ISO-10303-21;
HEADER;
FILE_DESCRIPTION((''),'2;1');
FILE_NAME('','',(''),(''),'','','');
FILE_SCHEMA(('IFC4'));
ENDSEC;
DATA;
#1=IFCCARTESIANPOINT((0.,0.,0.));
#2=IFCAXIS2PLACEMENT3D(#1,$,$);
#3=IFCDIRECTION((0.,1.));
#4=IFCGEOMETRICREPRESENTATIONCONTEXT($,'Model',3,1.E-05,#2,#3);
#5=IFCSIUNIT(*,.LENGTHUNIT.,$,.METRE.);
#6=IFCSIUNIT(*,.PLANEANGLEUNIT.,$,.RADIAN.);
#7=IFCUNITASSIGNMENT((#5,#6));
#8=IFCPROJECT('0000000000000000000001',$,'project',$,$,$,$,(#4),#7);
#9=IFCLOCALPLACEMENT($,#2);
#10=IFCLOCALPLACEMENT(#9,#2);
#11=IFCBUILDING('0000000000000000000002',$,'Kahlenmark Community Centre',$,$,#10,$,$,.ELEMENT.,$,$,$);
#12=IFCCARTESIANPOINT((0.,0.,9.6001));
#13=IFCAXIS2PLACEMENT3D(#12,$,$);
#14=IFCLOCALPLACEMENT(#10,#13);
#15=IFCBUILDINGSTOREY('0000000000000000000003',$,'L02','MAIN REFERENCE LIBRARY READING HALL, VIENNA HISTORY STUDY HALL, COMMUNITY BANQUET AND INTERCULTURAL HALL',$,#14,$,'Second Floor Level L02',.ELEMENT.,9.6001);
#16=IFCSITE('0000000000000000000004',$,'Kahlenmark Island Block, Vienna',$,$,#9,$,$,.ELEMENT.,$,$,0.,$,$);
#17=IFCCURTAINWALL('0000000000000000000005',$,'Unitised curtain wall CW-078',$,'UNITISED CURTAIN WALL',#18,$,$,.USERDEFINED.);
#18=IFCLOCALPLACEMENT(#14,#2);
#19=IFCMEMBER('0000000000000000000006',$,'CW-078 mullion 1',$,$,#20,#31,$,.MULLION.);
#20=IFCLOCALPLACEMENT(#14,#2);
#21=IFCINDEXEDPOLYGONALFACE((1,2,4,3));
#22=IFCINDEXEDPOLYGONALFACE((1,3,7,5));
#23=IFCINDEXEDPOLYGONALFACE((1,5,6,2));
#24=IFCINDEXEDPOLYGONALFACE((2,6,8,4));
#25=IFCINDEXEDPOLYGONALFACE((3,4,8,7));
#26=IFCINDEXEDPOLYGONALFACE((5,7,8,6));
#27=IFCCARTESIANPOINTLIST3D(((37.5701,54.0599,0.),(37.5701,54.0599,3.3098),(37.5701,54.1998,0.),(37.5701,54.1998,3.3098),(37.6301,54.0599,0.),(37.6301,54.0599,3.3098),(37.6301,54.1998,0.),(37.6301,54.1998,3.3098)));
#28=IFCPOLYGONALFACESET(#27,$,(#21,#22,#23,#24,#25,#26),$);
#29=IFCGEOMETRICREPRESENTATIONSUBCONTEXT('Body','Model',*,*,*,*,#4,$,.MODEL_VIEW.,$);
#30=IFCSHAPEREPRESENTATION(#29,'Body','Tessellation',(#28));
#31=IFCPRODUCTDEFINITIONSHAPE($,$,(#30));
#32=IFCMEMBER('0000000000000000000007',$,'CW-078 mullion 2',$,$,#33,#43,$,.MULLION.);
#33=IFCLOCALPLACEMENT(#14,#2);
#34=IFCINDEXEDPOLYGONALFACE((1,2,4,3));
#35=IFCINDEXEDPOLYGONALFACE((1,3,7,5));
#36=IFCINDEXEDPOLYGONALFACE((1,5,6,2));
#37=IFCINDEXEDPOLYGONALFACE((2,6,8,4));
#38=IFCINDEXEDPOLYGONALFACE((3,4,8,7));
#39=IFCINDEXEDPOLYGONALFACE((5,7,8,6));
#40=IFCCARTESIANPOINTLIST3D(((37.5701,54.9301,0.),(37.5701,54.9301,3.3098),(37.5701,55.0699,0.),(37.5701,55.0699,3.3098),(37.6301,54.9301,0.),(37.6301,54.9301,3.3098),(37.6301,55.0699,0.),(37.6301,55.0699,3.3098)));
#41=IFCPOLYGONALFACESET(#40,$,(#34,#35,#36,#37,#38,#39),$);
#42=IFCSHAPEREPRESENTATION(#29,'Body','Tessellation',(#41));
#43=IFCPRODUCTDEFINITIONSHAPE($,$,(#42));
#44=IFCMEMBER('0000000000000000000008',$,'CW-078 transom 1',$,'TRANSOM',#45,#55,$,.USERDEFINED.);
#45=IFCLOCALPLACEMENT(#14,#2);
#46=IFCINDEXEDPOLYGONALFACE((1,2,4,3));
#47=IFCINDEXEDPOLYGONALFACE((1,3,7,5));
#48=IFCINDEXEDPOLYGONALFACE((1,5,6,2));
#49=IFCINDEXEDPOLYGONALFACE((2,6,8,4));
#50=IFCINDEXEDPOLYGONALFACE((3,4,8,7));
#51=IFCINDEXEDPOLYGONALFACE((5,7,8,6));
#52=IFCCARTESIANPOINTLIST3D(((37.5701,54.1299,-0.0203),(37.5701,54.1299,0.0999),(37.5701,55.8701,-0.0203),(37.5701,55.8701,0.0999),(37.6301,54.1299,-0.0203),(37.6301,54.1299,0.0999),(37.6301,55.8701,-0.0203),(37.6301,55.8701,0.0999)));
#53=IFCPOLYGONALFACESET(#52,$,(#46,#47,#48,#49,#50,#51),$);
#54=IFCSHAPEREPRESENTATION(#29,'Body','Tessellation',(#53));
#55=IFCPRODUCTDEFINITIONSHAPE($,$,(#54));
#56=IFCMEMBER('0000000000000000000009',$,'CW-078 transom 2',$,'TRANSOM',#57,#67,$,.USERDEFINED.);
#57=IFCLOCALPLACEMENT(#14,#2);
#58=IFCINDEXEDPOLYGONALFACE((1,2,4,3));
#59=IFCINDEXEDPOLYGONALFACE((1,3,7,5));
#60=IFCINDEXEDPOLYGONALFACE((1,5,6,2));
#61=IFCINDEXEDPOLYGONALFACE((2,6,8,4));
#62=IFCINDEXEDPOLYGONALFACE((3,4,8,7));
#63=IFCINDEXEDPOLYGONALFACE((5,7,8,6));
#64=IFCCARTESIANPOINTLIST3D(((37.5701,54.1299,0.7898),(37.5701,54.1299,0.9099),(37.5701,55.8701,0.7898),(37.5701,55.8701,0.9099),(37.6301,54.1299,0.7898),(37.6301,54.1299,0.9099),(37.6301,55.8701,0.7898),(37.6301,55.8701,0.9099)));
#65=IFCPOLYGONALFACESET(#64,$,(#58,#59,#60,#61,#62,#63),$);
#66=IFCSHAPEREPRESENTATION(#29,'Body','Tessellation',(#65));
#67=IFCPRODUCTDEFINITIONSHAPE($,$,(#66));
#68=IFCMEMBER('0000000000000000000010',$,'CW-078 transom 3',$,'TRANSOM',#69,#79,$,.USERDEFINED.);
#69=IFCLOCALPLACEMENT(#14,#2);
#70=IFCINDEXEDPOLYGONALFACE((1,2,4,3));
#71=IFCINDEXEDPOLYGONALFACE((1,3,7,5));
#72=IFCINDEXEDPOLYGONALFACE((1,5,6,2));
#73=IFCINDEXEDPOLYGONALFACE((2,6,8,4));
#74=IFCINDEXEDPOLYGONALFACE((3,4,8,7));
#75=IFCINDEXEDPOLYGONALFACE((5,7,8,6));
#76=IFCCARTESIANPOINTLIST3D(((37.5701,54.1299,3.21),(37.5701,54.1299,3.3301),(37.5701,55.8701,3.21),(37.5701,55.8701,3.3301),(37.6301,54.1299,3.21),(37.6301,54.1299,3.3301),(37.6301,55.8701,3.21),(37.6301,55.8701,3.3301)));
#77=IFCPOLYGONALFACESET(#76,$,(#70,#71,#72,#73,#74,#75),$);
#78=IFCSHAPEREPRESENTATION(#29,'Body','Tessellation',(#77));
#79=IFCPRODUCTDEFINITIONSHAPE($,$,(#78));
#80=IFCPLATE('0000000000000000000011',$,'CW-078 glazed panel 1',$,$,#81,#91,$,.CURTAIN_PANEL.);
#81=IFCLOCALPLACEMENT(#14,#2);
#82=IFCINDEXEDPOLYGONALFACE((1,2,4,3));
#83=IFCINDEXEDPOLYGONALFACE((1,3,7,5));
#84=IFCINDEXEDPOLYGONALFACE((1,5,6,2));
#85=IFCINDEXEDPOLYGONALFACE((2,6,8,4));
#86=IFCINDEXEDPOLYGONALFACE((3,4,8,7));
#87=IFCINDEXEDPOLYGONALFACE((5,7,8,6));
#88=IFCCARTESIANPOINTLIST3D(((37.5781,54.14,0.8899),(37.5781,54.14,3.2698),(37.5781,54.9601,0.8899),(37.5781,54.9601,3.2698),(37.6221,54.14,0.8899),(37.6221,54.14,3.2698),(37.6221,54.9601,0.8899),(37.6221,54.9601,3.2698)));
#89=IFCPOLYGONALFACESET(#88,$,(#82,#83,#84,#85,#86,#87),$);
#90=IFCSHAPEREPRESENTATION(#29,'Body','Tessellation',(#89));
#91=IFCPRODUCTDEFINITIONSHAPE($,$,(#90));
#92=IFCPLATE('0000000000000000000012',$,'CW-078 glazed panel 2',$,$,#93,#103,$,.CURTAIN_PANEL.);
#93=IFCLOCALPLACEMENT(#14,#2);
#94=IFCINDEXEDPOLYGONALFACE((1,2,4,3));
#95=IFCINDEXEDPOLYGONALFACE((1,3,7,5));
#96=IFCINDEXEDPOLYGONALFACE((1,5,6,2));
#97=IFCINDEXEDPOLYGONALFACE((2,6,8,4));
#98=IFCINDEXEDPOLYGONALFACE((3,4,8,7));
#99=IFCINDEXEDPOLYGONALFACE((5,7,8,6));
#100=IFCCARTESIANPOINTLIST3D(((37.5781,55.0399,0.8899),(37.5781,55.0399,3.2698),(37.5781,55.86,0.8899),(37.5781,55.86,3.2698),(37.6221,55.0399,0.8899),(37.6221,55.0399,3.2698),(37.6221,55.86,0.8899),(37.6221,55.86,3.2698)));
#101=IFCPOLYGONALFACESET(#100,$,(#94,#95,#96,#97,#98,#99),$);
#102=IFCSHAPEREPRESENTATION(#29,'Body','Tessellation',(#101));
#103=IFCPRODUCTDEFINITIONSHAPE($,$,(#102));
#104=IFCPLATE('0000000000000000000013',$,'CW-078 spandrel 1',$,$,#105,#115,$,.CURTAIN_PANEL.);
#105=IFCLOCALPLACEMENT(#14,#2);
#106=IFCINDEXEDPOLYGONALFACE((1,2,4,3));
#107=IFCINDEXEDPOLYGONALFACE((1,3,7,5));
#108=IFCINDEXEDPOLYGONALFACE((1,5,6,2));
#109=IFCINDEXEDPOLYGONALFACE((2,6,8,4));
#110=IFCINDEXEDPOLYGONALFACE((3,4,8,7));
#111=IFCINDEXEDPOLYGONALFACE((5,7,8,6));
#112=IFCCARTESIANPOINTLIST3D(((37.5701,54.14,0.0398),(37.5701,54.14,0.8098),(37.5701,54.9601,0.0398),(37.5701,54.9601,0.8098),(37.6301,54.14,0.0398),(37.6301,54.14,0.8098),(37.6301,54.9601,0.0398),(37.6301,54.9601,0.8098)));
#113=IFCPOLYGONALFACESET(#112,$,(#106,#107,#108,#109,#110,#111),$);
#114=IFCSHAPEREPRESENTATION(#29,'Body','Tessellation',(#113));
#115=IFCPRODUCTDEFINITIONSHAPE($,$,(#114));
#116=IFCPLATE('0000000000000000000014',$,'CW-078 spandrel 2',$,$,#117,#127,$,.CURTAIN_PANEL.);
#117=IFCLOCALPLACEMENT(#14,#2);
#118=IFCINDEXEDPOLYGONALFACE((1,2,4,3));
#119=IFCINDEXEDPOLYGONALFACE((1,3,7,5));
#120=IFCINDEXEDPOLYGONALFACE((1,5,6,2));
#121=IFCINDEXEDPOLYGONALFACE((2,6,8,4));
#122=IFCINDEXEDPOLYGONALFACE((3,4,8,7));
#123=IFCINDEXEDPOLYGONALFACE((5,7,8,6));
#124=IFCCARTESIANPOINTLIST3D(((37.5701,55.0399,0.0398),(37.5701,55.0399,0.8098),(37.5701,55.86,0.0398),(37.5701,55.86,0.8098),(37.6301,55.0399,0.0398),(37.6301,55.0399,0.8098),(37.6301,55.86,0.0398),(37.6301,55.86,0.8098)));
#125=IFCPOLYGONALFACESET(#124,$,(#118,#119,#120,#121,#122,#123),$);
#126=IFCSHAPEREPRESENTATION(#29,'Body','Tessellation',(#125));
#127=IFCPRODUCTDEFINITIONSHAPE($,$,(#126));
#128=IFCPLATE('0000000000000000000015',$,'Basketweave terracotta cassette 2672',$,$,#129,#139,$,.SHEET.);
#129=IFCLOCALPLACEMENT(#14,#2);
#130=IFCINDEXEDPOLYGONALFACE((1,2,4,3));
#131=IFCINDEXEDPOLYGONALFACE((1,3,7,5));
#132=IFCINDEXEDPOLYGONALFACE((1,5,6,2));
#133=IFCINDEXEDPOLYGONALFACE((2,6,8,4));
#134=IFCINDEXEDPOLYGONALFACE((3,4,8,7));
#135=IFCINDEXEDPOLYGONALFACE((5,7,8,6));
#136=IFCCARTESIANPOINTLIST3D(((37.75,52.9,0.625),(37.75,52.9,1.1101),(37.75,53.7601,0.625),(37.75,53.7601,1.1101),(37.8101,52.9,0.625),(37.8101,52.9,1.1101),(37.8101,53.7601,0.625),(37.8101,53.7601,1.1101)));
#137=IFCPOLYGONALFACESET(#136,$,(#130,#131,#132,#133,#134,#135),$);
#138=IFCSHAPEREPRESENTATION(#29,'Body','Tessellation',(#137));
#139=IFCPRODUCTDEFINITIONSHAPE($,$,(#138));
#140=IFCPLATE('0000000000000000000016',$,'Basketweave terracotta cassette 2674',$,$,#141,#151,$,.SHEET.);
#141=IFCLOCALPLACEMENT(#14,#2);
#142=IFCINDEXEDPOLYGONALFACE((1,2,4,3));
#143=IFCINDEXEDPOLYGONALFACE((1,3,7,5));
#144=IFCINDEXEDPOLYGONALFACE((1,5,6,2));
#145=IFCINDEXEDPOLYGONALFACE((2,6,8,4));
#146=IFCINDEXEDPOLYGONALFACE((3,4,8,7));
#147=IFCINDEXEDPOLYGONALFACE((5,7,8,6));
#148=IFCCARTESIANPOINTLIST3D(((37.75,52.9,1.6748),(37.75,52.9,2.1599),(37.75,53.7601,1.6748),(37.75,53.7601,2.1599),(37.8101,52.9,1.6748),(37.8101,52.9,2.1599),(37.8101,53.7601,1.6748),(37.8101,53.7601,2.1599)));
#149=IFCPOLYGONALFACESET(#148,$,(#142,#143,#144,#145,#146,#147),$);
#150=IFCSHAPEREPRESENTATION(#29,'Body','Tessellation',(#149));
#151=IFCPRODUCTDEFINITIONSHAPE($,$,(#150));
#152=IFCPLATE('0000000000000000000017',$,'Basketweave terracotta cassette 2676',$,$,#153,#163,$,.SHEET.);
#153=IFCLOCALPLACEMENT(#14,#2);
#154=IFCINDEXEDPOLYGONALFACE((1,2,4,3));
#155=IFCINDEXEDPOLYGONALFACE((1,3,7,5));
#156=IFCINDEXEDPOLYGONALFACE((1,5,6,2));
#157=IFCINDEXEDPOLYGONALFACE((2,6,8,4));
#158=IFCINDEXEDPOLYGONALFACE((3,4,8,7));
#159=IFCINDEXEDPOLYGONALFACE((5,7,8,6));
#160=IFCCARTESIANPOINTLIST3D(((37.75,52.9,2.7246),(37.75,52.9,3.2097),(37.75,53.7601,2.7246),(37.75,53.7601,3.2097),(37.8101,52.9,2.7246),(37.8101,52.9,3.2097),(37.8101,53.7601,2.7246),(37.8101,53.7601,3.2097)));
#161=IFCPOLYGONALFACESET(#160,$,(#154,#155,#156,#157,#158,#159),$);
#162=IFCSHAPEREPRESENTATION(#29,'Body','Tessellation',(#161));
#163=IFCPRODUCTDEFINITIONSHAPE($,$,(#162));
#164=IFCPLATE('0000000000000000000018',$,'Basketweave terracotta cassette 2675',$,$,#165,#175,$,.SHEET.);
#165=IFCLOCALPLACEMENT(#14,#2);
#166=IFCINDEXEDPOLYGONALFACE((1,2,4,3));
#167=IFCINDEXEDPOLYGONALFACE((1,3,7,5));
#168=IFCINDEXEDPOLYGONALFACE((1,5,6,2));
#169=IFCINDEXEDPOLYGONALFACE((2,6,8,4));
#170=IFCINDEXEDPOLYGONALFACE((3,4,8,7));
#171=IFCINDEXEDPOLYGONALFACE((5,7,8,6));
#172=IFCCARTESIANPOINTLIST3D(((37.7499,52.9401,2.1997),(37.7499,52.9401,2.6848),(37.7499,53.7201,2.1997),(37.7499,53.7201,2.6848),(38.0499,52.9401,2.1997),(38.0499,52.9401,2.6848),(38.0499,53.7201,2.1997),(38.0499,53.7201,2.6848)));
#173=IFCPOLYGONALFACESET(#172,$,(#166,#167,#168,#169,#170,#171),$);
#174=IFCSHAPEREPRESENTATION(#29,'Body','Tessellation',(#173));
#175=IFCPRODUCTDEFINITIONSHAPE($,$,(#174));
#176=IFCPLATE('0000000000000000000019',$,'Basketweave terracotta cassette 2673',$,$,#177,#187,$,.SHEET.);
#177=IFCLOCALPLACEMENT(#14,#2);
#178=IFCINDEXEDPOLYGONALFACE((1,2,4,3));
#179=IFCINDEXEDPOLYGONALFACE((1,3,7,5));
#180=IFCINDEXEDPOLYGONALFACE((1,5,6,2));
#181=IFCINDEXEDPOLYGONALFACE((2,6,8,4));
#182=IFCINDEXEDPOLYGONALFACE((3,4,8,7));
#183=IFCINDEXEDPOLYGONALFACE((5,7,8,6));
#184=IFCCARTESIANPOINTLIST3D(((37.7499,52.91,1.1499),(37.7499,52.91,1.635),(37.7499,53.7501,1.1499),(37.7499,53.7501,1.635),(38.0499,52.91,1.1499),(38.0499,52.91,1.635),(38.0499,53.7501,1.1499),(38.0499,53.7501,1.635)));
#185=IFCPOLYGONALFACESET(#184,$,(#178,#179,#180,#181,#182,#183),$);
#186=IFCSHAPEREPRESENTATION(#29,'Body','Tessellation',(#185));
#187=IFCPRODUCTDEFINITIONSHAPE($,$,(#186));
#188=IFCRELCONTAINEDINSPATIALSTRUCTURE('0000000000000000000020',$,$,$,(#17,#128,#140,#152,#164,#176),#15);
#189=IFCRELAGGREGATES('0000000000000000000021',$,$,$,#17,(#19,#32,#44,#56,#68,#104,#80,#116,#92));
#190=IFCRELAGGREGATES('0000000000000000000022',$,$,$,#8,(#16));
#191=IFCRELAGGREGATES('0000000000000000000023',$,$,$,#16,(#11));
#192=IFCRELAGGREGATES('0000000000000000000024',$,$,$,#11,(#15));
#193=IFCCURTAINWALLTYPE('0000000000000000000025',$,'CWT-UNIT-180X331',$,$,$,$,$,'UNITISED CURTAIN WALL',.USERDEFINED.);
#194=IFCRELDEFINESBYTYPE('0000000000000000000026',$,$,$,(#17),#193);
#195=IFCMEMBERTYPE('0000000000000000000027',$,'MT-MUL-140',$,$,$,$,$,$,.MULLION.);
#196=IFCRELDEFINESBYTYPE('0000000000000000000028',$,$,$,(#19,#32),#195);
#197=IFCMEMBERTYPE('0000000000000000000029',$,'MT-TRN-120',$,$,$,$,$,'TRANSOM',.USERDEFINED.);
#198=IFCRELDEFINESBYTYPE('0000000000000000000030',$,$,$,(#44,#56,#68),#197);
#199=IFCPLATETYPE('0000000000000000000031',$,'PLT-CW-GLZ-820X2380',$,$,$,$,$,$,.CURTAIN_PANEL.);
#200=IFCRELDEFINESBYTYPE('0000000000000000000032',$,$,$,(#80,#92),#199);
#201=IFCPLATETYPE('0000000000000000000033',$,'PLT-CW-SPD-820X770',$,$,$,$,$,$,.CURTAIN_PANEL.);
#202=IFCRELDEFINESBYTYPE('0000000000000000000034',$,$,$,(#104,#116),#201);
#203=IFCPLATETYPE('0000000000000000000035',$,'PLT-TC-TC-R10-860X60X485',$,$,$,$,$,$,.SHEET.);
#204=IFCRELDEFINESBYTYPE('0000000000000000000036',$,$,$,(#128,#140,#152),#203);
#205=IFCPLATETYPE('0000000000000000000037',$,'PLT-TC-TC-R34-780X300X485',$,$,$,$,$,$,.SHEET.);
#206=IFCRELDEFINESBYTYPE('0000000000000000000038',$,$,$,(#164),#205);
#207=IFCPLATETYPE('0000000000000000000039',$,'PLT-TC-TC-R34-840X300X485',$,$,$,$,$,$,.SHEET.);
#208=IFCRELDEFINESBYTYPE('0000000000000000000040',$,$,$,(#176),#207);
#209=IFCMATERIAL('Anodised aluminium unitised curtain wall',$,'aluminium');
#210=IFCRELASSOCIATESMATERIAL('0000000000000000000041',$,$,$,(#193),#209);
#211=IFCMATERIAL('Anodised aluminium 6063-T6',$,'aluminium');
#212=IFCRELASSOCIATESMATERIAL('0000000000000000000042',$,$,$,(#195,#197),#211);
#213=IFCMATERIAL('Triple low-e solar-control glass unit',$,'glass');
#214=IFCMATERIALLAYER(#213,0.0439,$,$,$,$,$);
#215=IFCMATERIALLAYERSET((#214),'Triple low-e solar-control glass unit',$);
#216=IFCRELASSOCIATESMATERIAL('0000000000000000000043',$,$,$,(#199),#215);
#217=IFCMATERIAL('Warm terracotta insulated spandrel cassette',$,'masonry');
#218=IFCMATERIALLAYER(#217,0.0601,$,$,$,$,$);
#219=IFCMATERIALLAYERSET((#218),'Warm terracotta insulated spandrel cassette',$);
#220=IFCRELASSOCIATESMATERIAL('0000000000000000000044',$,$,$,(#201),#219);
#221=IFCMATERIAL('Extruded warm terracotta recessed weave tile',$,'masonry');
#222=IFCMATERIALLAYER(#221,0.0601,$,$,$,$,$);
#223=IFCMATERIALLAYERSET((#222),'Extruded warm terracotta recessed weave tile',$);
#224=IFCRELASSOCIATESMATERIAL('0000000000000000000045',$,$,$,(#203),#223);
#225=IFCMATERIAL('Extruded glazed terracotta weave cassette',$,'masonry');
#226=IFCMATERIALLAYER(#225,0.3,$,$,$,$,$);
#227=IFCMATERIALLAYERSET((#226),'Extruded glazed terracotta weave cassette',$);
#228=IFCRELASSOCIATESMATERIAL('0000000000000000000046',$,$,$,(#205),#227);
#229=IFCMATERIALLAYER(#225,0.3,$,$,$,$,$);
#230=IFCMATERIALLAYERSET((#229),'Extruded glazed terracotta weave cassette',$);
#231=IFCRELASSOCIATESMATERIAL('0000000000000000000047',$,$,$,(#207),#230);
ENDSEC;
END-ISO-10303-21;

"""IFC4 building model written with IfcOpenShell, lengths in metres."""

from ifc_helpers import new_model, si_unit, direction, frame, origin, origin_2d, place, context, subcontext, project, spatial, rectangle, extrude, material, layer, layer_set, material_profile, profile_set, type_object, element, aggregate, save


model = new_model("IFC4")

# Units and contexts
model_context = context("Model", 3, precision=1e-05, world=origin(), true_north=direction((0.0, 1.0)))
body_context = subcontext(model_context, "Body", "Model", "MODEL_VIEW")
ifc_project = project(units=[si_unit("LENGTHUNIT", "METRE"), si_unit("PLANEANGLEUNIT", "RADIAN")], contexts=[model_context])

# Site, building, storey
site_placement = place(None, origin())
site = spatial("IfcSite", under=ifc_project, at=site_placement, Name="Kahlenmark Island Block, Vienna", CompositionType="ELEMENT", RefElevation=0.0)
building_placement = place(site_placement, origin())
building = spatial("IfcBuilding", under=site, at=building_placement, Name="Kahlenmark Community Centre", CompositionType="ELEMENT")
storey_placement = place(building_placement, frame((0.0, 0.0, 9.6001)))
storey = spatial("IfcBuildingStorey", under=building, at=storey_placement, Name="L02", Description="MAIN REFERENCE LIBRARY READING HALL, VIENNA HISTORY STUDY HALL, COMMUNITY BANQUET AND INTERCULTURAL HALL", LongName="Second Floor Level L02", CompositionType="ELEMENT", Elevation=9.6001)

# Curtain wall, members, plates
ifc_material_1 = material(Name="Anodised aluminium unitised curtain wall", Category="aluminium")
curtain_wall_type = type_object("IfcCurtainWallType", Name="CWT-UNIT-180X331", ElementType="UNITISED CURTAIN WALL", PredefinedType="USERDEFINED", material=ifc_material_1)
curtain_wall_placement = place(storey_placement, origin())
curtain_wall = element("IfcCurtainWall", 1, at=curtain_wall_placement, inside=storey, type_object=curtain_wall_type, Name="Unitised curtain wall CW-078", ObjectType="UNITISED CURTAIN WALL", PredefinedType="USERDEFINED")
ifc_material_2 = material(Name="Anodised aluminium 6063-T6", Category="aluminium")
ifc_material_profile_1 = material_profile(ifc_material_2, rectangle(XDim=0.0601, YDim=0.1399, at=origin_2d()), Name="ALU MULLION 60x140")
ifc_profile_set_1 = profile_set([ifc_material_profile_1], Name="Anodised aluminium 6063-T6")
member_type_1 = type_object("IfcMemberType", Name="MT-MUL-140", PredefinedType="MULLION", material=ifc_profile_set_1)
member_1_placement = place(storey_placement, frame((37.6001, 54.1299, 0.0), z_axis=(0.0, 0.0, 1.0), x_axis=(-1.0, 0.0, 0.0)))
member_1 = element("IfcMember", 2, at=member_1_placement, type_object=member_type_1, Name="CW-078 mullion 1", PredefinedType="MULLION", context=body_context, shape_type="SweptSolid", body=[
    extrude(rectangle(XDim=0.0601, YDim=0.1399, at=origin_2d()), origin(), (0.0, 0.0, 1.0), 3.3098),
])
member_2_placement = place(storey_placement, frame((37.6001, 55.0, 0.0), z_axis=(0.0, 0.0, 1.0), x_axis=(-1.0, 0.0, 0.0)))
member_2 = element("IfcMember", 3, at=member_2_placement, type_object=member_type_1, Name="CW-078 mullion 2", PredefinedType="MULLION", context=body_context, shape_type="SweptSolid", body=[
    extrude(rectangle(XDim=0.0601, YDim=0.1399, at=origin_2d()), origin(), (0.0, 0.0, 1.0), 3.3098),
])
ifc_material_profile_2 = material_profile(ifc_material_2, rectangle(XDim=0.0601, YDim=0.1201, at=origin_2d()), Name="ALU TRANSOM 60x120")
ifc_profile_set_2 = profile_set([ifc_material_profile_2], Name="Anodised aluminium 6063-T6")
member_type_2 = type_object("IfcMemberType", Name="MT-TRN-120", ElementType="TRANSOM", PredefinedType="USERDEFINED", material=ifc_profile_set_2)
member_3_placement = place(storey_placement, frame((37.6001, 54.1299, 0.0398), z_axis=(0.0, 1.0, 0.0), x_axis=(-1.0, 0.0, 0.0)))
member_3 = element("IfcMember", 4, at=member_3_placement, type_object=member_type_2, Name="CW-078 transom 1", ObjectType="TRANSOM", PredefinedType="USERDEFINED", context=body_context, shape_type="SweptSolid", body=[
    extrude(rectangle(XDim=0.0601, YDim=0.1201, at=origin_2d()), origin(), (0.0, 0.0, 1.0), 1.7402),
])
member_4_placement = place(storey_placement, frame((37.6001, 54.1299, 0.8499), z_axis=(0.0, 1.0, 0.0), x_axis=(-1.0, 0.0, 0.0)))
member_4 = element("IfcMember", 5, at=member_4_placement, type_object=member_type_2, Name="CW-078 transom 2", ObjectType="TRANSOM", PredefinedType="USERDEFINED", context=body_context, shape_type="SweptSolid", body=[
    extrude(rectangle(XDim=0.0601, YDim=0.1201, at=origin_2d()), origin(), (0.0, 0.0, 1.0), 1.7402),
])
member_5_placement = place(storey_placement, frame((37.6001, 54.1299, 3.27), z_axis=(0.0, 1.0, 0.0), x_axis=(-1.0, 0.0, 0.0)))
member_5 = element("IfcMember", 6, at=member_5_placement, type_object=member_type_2, Name="CW-078 transom 3", ObjectType="TRANSOM", PredefinedType="USERDEFINED", context=body_context, shape_type="SweptSolid", body=[
    extrude(rectangle(XDim=0.0601, YDim=0.1201, at=origin_2d()), origin(), (0.0, 0.0, 1.0), 1.7402),
])
ifc_material_3 = material(Name="Triple low-e solar-control glass unit", Category="glass")
ifc_layer_1 = layer(ifc_material_3, 0.0439)
ifc_layer_set_1 = layer_set([ifc_layer_1], Name="Triple low-e solar-control glass unit")
plate_type_1 = type_object("IfcPlateType", Name="PLT-CW-GLZ-820X2380", PredefinedType="CURTAIN_PANEL", material=ifc_layer_set_1)
plate_1_placement = place(storey_placement, frame((37.6001, 54.55, 0.8899), z_axis=(0.0, 0.0, 1.0), x_axis=(0.0, 1.0, 0.0)))
plate_1 = element("IfcPlate", 7, at=plate_1_placement, type_object=plate_type_1, Name="CW-078 glazed panel 1", PredefinedType="CURTAIN_PANEL", context=body_context, shape_type="SweptSolid", body=[
    extrude(rectangle(XDim=0.8201, YDim=0.0439, at=origin_2d()), origin(), (0.0, 0.0, 1.0), 2.3799),
])
plate_2_placement = place(storey_placement, frame((37.6001, 55.45, 0.8899), z_axis=(0.0, 0.0, 1.0), x_axis=(0.0, 1.0, 0.0)))
plate_2 = element("IfcPlate", 8, at=plate_2_placement, type_object=plate_type_1, Name="CW-078 glazed panel 2", PredefinedType="CURTAIN_PANEL", context=body_context, shape_type="SweptSolid", body=[
    extrude(rectangle(XDim=0.8201, YDim=0.0439, at=origin_2d()), origin(), (0.0, 0.0, 1.0), 2.3799),
])
ifc_material_4 = material(Name="Warm terracotta insulated spandrel cassette", Category="masonry")
ifc_layer_2 = layer(ifc_material_4, 0.0601)
ifc_layer_set_2 = layer_set([ifc_layer_2], Name="Warm terracotta insulated spandrel cassette")
plate_type_2 = type_object("IfcPlateType", Name="PLT-CW-SPD-820X770", PredefinedType="CURTAIN_PANEL", material=ifc_layer_set_2)
plate_3_placement = place(storey_placement, frame((37.6001, 54.55, 0.0398), z_axis=(0.0, 0.0, 1.0), x_axis=(0.0, 1.0, 0.0)))
plate_3 = element("IfcPlate", 9, at=plate_3_placement, type_object=plate_type_2, Name="CW-078 spandrel 1", PredefinedType="CURTAIN_PANEL", context=body_context, shape_type="SweptSolid", body=[
    extrude(rectangle(XDim=0.8201, YDim=0.0601, at=origin_2d()), origin(), (0.0, 0.0, 1.0), 0.77),
])
plate_4_placement = place(storey_placement, frame((37.6001, 55.45, 0.0398), z_axis=(0.0, 0.0, 1.0), x_axis=(0.0, 1.0, 0.0)))
plate_4 = element("IfcPlate", 10, at=plate_4_placement, type_object=plate_type_2, Name="CW-078 spandrel 2", PredefinedType="CURTAIN_PANEL", context=body_context, shape_type="SweptSolid", body=[
    extrude(rectangle(XDim=0.8201, YDim=0.0601, at=origin_2d()), origin(), (0.0, 0.0, 1.0), 0.77),
])
aggregate(curtain_wall, [member_1, member_2, member_3, member_4, member_5, plate_3, plate_1, plate_4, plate_2])

# Plates
ifc_material_5 = material(Name="Extruded warm terracotta recessed weave tile", Category="masonry")
ifc_layer_3 = layer(ifc_material_5, 0.0601)
ifc_layer_set_3 = layer_set([ifc_layer_3], Name="Extruded warm terracotta recessed weave tile")
plate_type_3 = type_object("IfcPlateType", Name="PLT-TC-TC-R10-860X60X485", PredefinedType="SHEET", material=ifc_layer_set_3)
for number, where, z_axis, x_axis, name in (
    (11, (37.78, 53.3301, 0.625), (0.0, 0.0, 1.0), (0.0, 1.0, 0.0), "Basketweave terracotta cassette 2672"),
    (12, (37.78, 53.3301, 1.6748), (0.0, 0.0, 1.0), (0.0, 1.0, 0.0), "Basketweave terracotta cassette 2674"),
    (13, (37.78, 53.3301, 2.7246), (0.0, 0.0, 1.0), (0.0, 1.0, 0.0), "Basketweave terracotta cassette 2676"),
):
    element("IfcPlate", number, at=place(storey_placement, frame(where, z_axis=z_axis, x_axis=x_axis)), inside=storey, type_object=plate_type_3, Name=name, PredefinedType="SHEET", context=body_context, shape_type="SweptSolid", body=[
        extrude(rectangle(XDim=0.8601, YDim=0.0601, at=origin_2d()), origin(), (0.0, 0.0, 1.0), 0.4851),
    ])
ifc_material_6 = material(Name="Extruded glazed terracotta weave cassette", Category="masonry")
ifc_layer_4 = layer(ifc_material_6, 0.3)
ifc_layer_set_4 = layer_set([ifc_layer_4], Name="Extruded glazed terracotta weave cassette")
plate_type_4 = type_object("IfcPlateType", Name="PLT-TC-TC-R34-780X300X485", PredefinedType="SHEET", material=ifc_layer_set_4)
plate_5_placement = place(storey_placement, frame((37.8999, 53.3301, 2.1997), z_axis=(0.0, 0.0, 1.0), x_axis=(0.0, 1.0, 0.0)))
element("IfcPlate", 14, at=plate_5_placement, inside=storey, type_object=plate_type_4, Name="Basketweave terracotta cassette 2675", PredefinedType="SHEET", context=body_context, shape_type="SweptSolid", body=[
    extrude(rectangle(XDim=0.78, YDim=0.3, at=origin_2d()), origin(), (0.0, 0.0, 1.0), 0.4851),
])
ifc_layer_5 = layer(ifc_material_6, 0.3)
ifc_layer_set_5 = layer_set([ifc_layer_5], Name="Extruded glazed terracotta weave cassette")
plate_type_5 = type_object("IfcPlateType", Name="PLT-TC-TC-R34-840X300X485", PredefinedType="SHEET", material=ifc_layer_set_5)
plate_6_placement = place(storey_placement, frame((37.8999, 53.3301, 1.1499), z_axis=(0.0, 0.0, 1.0), x_axis=(0.0, 1.0, 0.0)))
element("IfcPlate", 15, at=plate_6_placement, inside=storey, type_object=plate_type_5, Name="Basketweave terracotta cassette 2673", PredefinedType="SHEET", context=body_context, shape_type="SweptSolid", body=[
    extrude(rectangle(XDim=0.8401, YDim=0.3, at=origin_2d()), origin(), (0.0, 0.0, 1.0), 0.4851),
])

save(model, "model.ifc")
